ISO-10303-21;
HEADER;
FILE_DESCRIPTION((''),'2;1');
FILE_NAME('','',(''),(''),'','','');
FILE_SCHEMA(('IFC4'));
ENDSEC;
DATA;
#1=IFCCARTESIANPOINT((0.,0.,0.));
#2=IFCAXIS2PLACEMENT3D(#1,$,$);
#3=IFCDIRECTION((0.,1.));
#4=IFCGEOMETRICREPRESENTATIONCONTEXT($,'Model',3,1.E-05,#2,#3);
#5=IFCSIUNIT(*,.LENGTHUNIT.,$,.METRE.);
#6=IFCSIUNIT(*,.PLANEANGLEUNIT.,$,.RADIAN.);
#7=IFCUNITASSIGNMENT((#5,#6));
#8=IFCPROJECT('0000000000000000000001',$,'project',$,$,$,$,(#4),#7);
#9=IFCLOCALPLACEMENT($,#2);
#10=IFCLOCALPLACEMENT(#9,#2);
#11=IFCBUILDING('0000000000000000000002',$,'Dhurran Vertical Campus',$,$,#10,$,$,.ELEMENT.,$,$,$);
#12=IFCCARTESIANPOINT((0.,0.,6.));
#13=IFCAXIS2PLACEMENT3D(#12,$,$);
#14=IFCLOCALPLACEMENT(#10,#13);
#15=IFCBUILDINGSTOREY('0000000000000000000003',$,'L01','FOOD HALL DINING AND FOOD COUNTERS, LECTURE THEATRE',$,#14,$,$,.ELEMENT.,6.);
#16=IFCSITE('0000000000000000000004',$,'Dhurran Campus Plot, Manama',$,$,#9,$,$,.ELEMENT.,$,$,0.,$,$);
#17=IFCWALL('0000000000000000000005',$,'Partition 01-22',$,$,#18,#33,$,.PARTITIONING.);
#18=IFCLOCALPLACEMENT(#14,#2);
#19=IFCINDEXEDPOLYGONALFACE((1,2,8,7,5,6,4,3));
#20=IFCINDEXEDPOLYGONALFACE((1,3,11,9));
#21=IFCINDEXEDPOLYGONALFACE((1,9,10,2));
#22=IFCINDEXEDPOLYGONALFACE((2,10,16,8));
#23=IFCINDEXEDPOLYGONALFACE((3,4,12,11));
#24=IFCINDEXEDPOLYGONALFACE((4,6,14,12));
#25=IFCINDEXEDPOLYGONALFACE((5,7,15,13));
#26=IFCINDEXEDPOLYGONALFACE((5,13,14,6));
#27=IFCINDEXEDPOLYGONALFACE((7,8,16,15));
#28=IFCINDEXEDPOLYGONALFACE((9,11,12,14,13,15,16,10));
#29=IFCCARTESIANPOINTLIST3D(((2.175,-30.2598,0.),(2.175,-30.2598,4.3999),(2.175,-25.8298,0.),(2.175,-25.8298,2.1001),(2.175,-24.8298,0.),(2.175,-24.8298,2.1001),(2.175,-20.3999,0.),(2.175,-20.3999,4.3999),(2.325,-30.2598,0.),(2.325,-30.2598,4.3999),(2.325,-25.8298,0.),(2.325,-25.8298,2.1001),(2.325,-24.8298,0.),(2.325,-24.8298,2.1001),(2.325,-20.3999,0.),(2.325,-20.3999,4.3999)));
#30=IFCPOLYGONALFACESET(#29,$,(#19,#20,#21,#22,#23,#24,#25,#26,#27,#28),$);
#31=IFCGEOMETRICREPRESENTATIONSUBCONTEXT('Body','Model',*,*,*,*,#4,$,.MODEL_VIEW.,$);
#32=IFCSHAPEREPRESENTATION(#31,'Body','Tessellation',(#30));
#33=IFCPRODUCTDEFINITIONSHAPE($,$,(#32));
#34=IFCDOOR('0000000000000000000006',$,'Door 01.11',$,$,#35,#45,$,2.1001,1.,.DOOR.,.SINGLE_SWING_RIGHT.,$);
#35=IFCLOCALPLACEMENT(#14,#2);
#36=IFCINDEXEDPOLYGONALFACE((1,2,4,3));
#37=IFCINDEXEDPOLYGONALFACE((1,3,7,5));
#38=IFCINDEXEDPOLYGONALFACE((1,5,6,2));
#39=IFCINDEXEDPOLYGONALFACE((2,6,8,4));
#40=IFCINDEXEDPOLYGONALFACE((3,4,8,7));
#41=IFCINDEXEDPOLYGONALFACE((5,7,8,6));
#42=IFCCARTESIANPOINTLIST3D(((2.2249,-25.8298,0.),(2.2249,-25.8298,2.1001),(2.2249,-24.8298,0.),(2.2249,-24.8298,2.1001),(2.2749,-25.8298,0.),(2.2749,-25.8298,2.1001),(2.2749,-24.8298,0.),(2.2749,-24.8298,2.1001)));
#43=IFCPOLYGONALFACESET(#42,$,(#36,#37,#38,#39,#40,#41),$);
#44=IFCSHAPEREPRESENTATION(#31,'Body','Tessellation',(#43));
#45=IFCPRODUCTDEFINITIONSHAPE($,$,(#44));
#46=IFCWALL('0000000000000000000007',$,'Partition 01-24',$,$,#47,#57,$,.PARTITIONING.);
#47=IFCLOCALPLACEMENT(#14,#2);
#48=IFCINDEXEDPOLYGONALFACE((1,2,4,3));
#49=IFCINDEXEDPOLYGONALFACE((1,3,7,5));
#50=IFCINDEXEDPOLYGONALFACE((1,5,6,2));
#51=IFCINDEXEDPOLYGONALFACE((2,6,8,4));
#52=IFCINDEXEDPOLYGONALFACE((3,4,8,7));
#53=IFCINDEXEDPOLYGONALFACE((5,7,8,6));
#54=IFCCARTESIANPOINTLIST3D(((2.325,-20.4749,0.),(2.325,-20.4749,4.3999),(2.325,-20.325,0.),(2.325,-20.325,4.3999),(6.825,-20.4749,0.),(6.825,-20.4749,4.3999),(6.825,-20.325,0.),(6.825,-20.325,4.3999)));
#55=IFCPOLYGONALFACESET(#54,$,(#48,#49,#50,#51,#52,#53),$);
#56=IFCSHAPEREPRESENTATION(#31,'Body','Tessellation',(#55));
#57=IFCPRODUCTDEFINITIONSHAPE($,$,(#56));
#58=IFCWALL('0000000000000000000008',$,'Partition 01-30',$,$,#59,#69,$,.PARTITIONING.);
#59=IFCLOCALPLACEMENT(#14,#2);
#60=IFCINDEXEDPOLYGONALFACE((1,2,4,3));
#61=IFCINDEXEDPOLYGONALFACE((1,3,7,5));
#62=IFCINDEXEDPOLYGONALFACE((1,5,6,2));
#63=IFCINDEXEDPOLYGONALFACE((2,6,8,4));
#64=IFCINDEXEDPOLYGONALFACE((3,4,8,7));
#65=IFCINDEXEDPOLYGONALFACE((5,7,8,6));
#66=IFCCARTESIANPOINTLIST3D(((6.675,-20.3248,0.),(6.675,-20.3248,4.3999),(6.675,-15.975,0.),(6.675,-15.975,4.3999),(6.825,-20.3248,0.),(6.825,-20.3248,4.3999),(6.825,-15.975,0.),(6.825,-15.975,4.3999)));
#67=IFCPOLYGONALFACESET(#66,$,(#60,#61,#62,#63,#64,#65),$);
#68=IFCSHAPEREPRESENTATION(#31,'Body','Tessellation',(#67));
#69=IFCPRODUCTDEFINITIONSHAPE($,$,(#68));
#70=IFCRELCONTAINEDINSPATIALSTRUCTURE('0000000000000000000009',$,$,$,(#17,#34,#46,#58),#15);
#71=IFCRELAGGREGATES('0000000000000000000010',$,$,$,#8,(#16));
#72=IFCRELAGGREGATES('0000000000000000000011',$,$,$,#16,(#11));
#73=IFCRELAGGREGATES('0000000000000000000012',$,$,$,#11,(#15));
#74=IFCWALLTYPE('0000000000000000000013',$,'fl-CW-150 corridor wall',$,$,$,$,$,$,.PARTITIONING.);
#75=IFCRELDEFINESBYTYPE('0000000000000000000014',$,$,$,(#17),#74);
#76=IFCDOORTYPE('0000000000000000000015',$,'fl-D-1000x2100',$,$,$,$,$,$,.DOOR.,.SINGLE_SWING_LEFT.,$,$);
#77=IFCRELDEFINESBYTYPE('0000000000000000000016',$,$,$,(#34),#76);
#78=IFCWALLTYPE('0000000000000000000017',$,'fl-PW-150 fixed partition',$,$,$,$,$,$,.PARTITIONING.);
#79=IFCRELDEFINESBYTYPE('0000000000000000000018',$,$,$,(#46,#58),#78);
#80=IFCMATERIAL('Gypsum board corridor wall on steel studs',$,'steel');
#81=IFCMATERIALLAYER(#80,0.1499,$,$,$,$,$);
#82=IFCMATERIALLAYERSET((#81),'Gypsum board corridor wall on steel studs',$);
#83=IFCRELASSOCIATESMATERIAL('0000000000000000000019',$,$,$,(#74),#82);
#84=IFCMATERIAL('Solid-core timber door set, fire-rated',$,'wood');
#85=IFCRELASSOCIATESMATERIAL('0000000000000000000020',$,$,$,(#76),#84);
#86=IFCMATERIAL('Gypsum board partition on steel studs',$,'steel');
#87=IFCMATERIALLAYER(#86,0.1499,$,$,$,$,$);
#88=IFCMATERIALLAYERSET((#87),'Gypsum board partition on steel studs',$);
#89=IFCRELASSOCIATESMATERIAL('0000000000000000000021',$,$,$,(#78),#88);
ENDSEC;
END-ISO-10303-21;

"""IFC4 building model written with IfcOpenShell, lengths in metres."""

from ifc_helpers import new_model, si_unit, direction, frame, frame_2d, origin, place, context, subcontext, project, spatial, rectangle, extrude, material, layer, layer_set, type_object, element, fill, save


model = new_model("IFC4")

# Units and contexts
model_context = context("Model", 3, precision=1e-05, world=origin(), true_north=direction((0.0, 1.0)))
body_context = subcontext(model_context, "Body", "Model", "MODEL_VIEW")
ifc_project = project(units=[si_unit("LENGTHUNIT", "METRE"), si_unit("PLANEANGLEUNIT", "RADIAN")], contexts=[model_context])

# Site, building, storey
site_placement = place(None, origin())
site = spatial("IfcSite", under=ifc_project, at=site_placement, Name="Dhurran Campus Plot, Manama", CompositionType="ELEMENT", RefElevation=0.0)
building_placement = place(site_placement, origin())
building = spatial("IfcBuilding", under=site, at=building_placement, Name="Dhurran Vertical Campus", CompositionType="ELEMENT")
storey_placement = place(building_placement, frame((0.0, 0.0, 6.0)))
storey = spatial("IfcBuildingStorey", under=building, at=storey_placement, Name="L01", Description="FOOD HALL DINING AND FOOD COUNTERS, LECTURE THEATRE", CompositionType="ELEMENT", Elevation=6.0)

# Shared definitions
ifc_material_1 = material(Name="Gypsum board corridor wall on steel studs", Category="steel")
ifc_layer_1 = layer(ifc_material_1, 0.1499)
ifc_layer_set_1 = layer_set([ifc_layer_1], Name="Gypsum board corridor wall on steel studs")
wall_type_1 = type_object("IfcWallType", Name="fl-CW-150 corridor wall", PredefinedType="PARTITIONING", material=ifc_layer_set_1)

# Wall, opening, door
ifc_material_2 = material(Name="Solid-core timber door set, fire-rated", Category="wood")
door_type = type_object("IfcDoorType", Name="fl-D-1000x2100", OperationType="SINGLE_SWING_LEFT", PredefinedType="DOOR", material=ifc_material_2)
wall_1_placement = place(storey_placement, frame((2.25, -20.3999, 0.0), z_axis=(0.0, 0.0, 1.0), x_axis=(0.0, -1.0, 0.0)))
wall_1 = element("IfcWall", 1, at=wall_1_placement, inside=storey, type_object=wall_type_1, Name="Partition 01-22", PredefinedType="PARTITIONING", context=body_context, shape_type="SweptSolid", body=[
    extrude(rectangle(XDim=9.8599, YDim=0.1499, at=frame_2d((4.9299, 0.0))), origin(), (0.0, 0.0, 1.0), 4.3999),
])
opening_1_placement = place(wall_1_placement, frame((4.4299, 0.0, 0.0)))
opening_1 = element("IfcOpeningElement", 2, at=opening_1_placement, cuts=wall_1, PredefinedType="OPENING", context=body_context, shape_type="SweptSolid", body=[
    extrude(rectangle(XDim=1.0, YDim=2.1001, at=frame_2d((0.5, 1.05))), frame((0.0, 0.085, 0.0), z_axis=(0.0, -1.0, 0.0), x_axis=(1.0, 0.0, 0.0)), (0.0, 0.0, 1.0), 0.1699),
])
door_1_placement = place(opening_1_placement, origin())
door_1 = element("IfcDoor", 3, at=door_1_placement, inside=storey, type_object=door_type, Name="Door 01.11", OperationType="SINGLE_SWING_RIGHT", OverallHeight=2.1001, OverallWidth=1.0, PredefinedType="DOOR", context=body_context, shape_type="SweptSolid", body=[
    extrude(rectangle(XDim=1.0, YDim=2.1001, at=frame_2d((0.5, 1.05))), frame((0.0, 0.0249, 0.0), z_axis=(0.0, -1.0, 0.0), x_axis=(1.0, 0.0, 0.0)), (0.0, 0.0, 1.0), 0.05),
])
fill(opening_1, door_1)

# Walls
ifc_material_3 = material(Name="Gypsum board partition on steel studs", Category="steel")
ifc_layer_2 = layer(ifc_material_3, 0.1499)
ifc_layer_set_2 = layer_set([ifc_layer_2], Name="Gypsum board partition on steel studs")
wall_type_2 = type_object("IfcWallType", Name="fl-PW-150 fixed partition", PredefinedType="PARTITIONING", material=ifc_layer_set_2)
wall_2_placement = place(storey_placement, frame((6.825, -20.3999, 0.0), z_axis=(0.0, 0.0, 1.0), x_axis=(-1.0, 0.0, 0.0)))
element("IfcWall", 4, at=wall_2_placement, inside=storey, type_object=wall_type_2, Name="Partition 01-24", PredefinedType="PARTITIONING", context=body_context, shape_type="SweptSolid", body=[
    extrude(rectangle(XDim=4.5, YDim=0.1499, at=frame_2d((2.25, 0.0))), origin(), (0.0, 0.0, 1.0), 4.3999),
])
wall_3_placement = place(storey_placement, frame((6.75, -15.9751, 0.0), z_axis=(0.0, 0.0, 1.0), x_axis=(0.0, -1.0, 0.0)))
element("IfcWall", 5, at=wall_3_placement, inside=storey, type_object=wall_type_2, Name="Partition 01-30", PredefinedType="PARTITIONING", context=body_context, shape_type="SweptSolid", body=[
    extrude(rectangle(XDim=4.3499, YDim=0.1499, at=frame_2d((2.1748, 0.0))), origin(), (0.0, 0.0, 1.0), 4.3999),
])

save(model, "model.ifc")
